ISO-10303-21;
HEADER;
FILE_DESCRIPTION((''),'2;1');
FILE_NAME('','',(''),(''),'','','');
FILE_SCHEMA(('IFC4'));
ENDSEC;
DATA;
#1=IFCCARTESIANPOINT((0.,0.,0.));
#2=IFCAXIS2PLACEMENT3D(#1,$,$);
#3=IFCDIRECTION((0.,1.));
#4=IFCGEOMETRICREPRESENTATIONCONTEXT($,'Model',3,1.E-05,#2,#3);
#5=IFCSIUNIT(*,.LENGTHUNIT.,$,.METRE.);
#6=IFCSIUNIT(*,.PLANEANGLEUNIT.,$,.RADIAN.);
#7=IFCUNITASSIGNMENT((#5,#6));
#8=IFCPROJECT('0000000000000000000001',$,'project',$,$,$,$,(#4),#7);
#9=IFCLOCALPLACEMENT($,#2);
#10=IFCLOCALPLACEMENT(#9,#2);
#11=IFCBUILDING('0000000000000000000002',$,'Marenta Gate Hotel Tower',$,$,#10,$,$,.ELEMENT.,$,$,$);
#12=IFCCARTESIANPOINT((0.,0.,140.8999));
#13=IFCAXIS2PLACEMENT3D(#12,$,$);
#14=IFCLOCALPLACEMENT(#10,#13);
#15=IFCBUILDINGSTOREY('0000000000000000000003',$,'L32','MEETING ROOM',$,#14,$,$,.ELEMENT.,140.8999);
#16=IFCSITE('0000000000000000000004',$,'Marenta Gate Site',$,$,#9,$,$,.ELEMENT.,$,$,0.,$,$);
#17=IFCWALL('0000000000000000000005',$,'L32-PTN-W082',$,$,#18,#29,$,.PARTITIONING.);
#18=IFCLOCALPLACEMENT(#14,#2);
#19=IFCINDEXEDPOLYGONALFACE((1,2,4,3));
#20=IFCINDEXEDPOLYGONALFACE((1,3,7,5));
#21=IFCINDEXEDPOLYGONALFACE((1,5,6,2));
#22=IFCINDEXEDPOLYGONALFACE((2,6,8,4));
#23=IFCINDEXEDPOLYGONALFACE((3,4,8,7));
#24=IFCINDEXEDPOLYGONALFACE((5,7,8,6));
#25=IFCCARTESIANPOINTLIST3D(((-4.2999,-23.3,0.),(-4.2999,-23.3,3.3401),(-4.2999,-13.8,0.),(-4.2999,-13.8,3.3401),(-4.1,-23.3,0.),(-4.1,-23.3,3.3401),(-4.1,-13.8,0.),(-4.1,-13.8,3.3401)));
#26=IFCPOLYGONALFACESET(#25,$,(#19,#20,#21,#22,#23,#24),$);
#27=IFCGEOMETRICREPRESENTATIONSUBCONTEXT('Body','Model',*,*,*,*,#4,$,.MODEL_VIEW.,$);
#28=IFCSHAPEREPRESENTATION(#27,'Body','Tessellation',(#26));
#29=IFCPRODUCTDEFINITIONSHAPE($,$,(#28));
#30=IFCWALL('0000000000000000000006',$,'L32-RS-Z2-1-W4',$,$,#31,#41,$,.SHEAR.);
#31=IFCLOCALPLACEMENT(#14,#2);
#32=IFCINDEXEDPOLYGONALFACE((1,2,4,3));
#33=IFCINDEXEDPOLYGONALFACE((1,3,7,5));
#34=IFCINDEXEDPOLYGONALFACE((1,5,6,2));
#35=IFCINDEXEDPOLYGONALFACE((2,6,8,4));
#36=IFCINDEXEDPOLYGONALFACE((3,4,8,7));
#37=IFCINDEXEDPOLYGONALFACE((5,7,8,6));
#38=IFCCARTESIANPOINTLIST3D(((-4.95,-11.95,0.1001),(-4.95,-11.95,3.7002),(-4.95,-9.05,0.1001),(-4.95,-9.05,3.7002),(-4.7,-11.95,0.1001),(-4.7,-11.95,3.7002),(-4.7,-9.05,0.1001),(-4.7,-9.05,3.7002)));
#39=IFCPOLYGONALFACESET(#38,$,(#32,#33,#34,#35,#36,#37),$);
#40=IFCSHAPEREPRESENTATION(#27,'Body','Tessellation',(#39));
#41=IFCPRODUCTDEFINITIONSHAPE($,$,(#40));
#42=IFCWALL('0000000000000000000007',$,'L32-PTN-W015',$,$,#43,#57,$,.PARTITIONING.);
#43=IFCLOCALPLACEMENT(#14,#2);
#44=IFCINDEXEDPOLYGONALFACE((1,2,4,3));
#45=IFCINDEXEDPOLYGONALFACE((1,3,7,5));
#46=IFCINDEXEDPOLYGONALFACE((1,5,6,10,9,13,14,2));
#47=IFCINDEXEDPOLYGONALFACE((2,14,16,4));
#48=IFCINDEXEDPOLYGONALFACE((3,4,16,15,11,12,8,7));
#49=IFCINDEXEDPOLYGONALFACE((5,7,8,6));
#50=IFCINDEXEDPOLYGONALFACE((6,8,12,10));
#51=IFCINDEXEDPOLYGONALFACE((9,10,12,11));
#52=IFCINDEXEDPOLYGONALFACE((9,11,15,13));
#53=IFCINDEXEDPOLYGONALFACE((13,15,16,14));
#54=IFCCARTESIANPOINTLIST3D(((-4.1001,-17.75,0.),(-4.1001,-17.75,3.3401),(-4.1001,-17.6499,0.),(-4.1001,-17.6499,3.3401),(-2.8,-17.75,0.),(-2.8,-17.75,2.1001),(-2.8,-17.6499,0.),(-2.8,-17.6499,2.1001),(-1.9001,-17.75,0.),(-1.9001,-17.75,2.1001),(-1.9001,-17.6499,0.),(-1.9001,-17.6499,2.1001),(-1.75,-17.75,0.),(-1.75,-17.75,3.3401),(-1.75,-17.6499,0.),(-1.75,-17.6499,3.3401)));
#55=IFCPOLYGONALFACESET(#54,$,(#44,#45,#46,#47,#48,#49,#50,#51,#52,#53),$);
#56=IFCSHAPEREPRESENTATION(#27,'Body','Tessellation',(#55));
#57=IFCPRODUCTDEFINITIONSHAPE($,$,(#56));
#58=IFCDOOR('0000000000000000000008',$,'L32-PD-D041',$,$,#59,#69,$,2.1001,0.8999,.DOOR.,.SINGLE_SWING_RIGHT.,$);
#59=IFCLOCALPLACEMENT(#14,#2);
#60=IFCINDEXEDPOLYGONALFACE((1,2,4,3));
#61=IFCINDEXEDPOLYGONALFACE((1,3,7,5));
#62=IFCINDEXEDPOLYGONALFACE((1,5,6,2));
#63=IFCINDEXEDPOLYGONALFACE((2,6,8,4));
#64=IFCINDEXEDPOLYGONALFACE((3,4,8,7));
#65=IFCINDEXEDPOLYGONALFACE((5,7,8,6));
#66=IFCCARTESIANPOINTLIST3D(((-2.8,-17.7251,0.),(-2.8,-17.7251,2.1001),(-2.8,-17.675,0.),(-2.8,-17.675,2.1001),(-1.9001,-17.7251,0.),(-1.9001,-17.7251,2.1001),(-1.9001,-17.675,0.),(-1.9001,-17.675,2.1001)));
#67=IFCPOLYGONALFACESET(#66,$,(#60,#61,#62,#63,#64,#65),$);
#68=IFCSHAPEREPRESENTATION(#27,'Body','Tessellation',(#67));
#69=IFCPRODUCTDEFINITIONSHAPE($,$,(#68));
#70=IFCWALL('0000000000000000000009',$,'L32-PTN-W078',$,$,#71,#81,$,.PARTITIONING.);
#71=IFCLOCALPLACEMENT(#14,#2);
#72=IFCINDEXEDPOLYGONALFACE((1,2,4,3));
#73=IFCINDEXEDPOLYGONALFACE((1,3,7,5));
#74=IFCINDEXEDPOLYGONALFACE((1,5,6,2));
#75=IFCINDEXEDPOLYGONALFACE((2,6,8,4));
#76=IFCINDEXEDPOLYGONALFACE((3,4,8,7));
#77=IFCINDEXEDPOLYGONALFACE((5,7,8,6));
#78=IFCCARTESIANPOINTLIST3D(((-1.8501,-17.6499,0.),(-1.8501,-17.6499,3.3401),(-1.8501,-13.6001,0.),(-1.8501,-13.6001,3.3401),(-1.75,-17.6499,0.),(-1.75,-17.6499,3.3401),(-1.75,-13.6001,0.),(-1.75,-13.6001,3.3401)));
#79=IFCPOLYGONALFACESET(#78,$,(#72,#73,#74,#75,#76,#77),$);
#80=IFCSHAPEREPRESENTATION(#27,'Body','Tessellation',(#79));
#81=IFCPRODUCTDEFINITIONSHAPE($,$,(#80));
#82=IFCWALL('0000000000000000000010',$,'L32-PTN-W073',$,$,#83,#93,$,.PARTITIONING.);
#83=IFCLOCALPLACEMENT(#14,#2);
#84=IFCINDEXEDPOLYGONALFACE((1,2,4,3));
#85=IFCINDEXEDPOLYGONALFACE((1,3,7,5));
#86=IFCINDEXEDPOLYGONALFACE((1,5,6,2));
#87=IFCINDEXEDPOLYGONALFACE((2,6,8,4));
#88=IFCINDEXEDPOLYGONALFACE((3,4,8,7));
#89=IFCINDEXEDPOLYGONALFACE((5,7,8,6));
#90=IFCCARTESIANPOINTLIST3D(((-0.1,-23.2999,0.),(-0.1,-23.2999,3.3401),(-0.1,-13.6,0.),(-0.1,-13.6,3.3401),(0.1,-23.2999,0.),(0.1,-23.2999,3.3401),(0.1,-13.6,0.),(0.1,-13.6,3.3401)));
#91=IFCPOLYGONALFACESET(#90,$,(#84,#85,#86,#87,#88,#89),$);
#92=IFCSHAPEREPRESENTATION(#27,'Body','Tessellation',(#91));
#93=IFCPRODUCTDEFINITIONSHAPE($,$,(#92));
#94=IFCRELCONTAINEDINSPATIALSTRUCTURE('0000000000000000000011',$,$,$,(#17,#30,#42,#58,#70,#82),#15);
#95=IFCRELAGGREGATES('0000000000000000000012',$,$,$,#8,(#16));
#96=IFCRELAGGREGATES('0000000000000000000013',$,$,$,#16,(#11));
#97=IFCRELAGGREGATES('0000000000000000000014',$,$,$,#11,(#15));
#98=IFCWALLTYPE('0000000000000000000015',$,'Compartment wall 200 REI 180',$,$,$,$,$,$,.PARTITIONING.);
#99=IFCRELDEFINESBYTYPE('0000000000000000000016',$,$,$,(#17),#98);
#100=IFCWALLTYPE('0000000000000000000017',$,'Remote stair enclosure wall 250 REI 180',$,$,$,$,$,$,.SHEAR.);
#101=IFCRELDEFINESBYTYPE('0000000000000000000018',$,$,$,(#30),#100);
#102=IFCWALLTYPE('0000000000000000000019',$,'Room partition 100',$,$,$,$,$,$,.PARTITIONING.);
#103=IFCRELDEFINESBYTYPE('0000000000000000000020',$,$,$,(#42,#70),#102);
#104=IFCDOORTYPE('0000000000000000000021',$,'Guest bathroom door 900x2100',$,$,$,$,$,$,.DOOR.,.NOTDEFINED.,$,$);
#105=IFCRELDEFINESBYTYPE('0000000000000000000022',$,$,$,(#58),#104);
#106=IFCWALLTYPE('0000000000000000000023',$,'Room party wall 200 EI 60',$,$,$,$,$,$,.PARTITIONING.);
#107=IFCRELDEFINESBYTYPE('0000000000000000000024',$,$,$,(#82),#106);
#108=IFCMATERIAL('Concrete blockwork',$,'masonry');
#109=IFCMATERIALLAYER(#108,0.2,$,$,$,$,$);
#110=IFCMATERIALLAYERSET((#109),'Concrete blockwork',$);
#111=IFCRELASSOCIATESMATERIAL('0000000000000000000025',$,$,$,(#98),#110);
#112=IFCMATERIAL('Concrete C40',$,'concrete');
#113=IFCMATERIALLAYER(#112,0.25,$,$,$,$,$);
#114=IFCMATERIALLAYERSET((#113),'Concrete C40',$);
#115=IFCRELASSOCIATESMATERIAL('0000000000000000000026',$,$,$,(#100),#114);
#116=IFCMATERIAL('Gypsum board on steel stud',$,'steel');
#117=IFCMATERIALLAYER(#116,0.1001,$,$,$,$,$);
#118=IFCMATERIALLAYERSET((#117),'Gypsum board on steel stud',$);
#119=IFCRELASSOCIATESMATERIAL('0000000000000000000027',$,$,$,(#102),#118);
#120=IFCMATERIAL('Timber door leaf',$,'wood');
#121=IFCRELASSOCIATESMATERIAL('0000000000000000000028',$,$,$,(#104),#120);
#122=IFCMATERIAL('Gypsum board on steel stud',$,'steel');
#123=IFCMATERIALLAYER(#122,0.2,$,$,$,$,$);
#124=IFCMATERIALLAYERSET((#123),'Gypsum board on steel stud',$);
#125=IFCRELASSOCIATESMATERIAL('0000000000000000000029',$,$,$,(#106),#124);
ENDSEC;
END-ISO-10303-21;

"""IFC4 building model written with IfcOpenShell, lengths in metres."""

from ifc_helpers import new_model, si_unit, direction, frame, frame_2d, origin, place, context, subcontext, project, spatial, rectangle, extrude, material, layer, layer_set, type_object, element, fill, save


model = new_model("IFC4")

# Units and contexts
model_context = context("Model", 3, precision=1e-05, world=origin(), true_north=direction((0.0, 1.0)))
body_context = subcontext(model_context, "Body", "Model", "MODEL_VIEW")
ifc_project = project(units=[si_unit("LENGTHUNIT", "METRE"), si_unit("PLANEANGLEUNIT", "RADIAN")], contexts=[model_context])

# Site, building, storey
site_placement = place(None, origin())
site = spatial("IfcSite", under=ifc_project, at=site_placement, Name="Marenta Gate Site", CompositionType="ELEMENT", RefElevation=0.0)
building_placement = place(site_placement, origin())
building = spatial("IfcBuilding", under=site, at=building_placement, Name="Marenta Gate Hotel Tower", CompositionType="ELEMENT")
storey_placement = place(building_placement, frame((0.0, 0.0, 140.8999)))
storey = spatial("IfcBuildingStorey", under=building, at=storey_placement, Name="L32", Description="MEETING ROOM", CompositionType="ELEMENT", Elevation=140.8999)

# Wall
ifc_material_1 = material(Name="Concrete blockwork", Category="masonry")
ifc_layer_1 = layer(ifc_material_1, 0.2)
ifc_layer_set_1 = layer_set([ifc_layer_1], Name="Concrete blockwork")
wall_type_1 = type_object("IfcWallType", Name="Compartment wall 200 REI 180", PredefinedType="PARTITIONING", material=ifc_layer_set_1)
wall_1_placement = place(storey_placement, frame((-4.2, -23.3, 0.0), z_axis=(0.0, 0.0, 1.0), x_axis=(0.0, 1.0, 0.0)))
element("IfcWall", 1, at=wall_1_placement, inside=storey, type_object=wall_type_1, Name="L32-PTN-W082", PredefinedType="PARTITIONING", context=body_context, shape_type="SweptSolid", body=[
    extrude(rectangle(XDim=9.5, YDim=0.2, at=frame_2d((4.75, 0.0))), origin(), (0.0, 0.0, 1.0), 3.3401),
])

# Wall
ifc_material_2 = material(Name="Concrete C40", Category="concrete")
ifc_layer_2 = layer(ifc_material_2, 0.25)
ifc_layer_set_2 = layer_set([ifc_layer_2], Name="Concrete C40")
wall_type_2 = type_object("IfcWallType", Name="Remote stair enclosure wall 250 REI 180", PredefinedType="SHEAR", material=ifc_layer_set_2)
wall_2_placement = place(storey_placement, frame((-4.825, -11.95, 0.1001), z_axis=(0.0, 0.0, 1.0), x_axis=(0.0, 1.0, 0.0)))
element("IfcWall", 2, at=wall_2_placement, inside=storey, type_object=wall_type_2, Name="L32-RS-Z2-1-W4", PredefinedType="SHEAR", context=body_context, shape_type="SweptSolid", body=[
    extrude(rectangle(XDim=2.8999, YDim=0.25, at=frame_2d((1.45, 0.0))), origin(), (0.0, 0.0, 1.0), 3.6001),
])

# Wall, opening, door
ifc_material_3 = material(Name="Gypsum board on steel stud", Category="steel")
ifc_layer_3 = layer(ifc_material_3, 0.1001)
ifc_layer_set_3 = layer_set([ifc_layer_3], Name="Gypsum board on steel stud")
wall_type_3 = type_object("IfcWallType", Name="Room partition 100", PredefinedType="PARTITIONING", material=ifc_layer_set_3)
wall_3_placement = place(storey_placement, frame((-4.1001, -17.7, 0.0), z_axis=(0.0, 0.0, 1.0), x_axis=(1.0, 0.0, 0.0)))
wall_3 = element("IfcWall", 3, at=wall_3_placement, inside=storey, type_object=wall_type_3, Name="L32-PTN-W015", PredefinedType="PARTITIONING", context=body_context, shape_type="SweptSolid", body=[
    extrude(rectangle(XDim=2.3501, YDim=0.1001, at=frame_2d((1.175, 0.0))), origin(), (0.0, 0.0, 1.0), 3.3401),
])
opening_1_placement = place(wall_3_placement, frame((1.3, 0.0, 0.0)))
opening_1 = element("IfcOpeningElement", 4, at=opening_1_placement, cuts=wall_3, PredefinedType="OPENING", context=body_context, shape_type="SweptSolid", body=[
    extrude(rectangle(XDim=0.8999, YDim=2.1001, at=frame_2d((0.45, 1.05))), frame((0.0, 0.05, 0.0), z_axis=(0.0, -1.0, 0.0), x_axis=(1.0, 0.0, 0.0)), (0.0, 0.0, 1.0), 0.1001),
])
ifc_material_4 = material(Name="Timber door leaf", Category="wood")
door_type_1 = type_object("IfcDoorType", Name="Guest bathroom door 900x2100", OperationType="NOTDEFINED", PredefinedType="DOOR", material=ifc_material_4)
door_1_placement = place(opening_1_placement, origin())
door_1 = element("IfcDoor", 5, at=door_1_placement, inside=storey, type_object=door_type_1, Name="L32-PD-D041", OperationType="SINGLE_SWING_RIGHT", OverallHeight=2.1001, OverallWidth=0.8999, PredefinedType="DOOR", context=body_context, shape_type="SweptSolid", body=[
    extrude(rectangle(XDim=0.8999, YDim=2.1001, at=frame_2d((0.45, 1.05))), frame((0.0, 0.0249, 0.0), z_axis=(0.0, -1.0, 0.0), x_axis=(1.0, 0.0, 0.0)), (0.0, 0.0, 1.0), 0.05),
])
fill(opening_1, door_1)

# Walls
wall_4_placement = place(storey_placement, frame((-1.8, -17.6499, 0.0), z_axis=(0.0, 0.0, 1.0), x_axis=(0.0, 1.0, 0.0)))
element("IfcWall", 6, at=wall_4_placement, inside=storey, type_object=wall_type_3, Name="L32-PTN-W078", PredefinedType="PARTITIONING", context=body_context, shape_type="SweptSolid", body=[
    extrude(rectangle(XDim=4.0498, YDim=0.1001, at=frame_2d((2.0249, 0.0))), origin(), (0.0, 0.0, 1.0), 3.3401),
])
ifc_material_5 = material(Name="Gypsum board on steel stud", Category="steel")
ifc_layer_4 = layer(ifc_material_5, 0.2)
ifc_layer_set_4 = layer_set([ifc_layer_4], Name="Gypsum board on steel stud")
wall_type_4 = type_object("IfcWallType", Name="Room party wall 200 EI 60", PredefinedType="PARTITIONING", material=ifc_layer_set_4)
wall_5_placement = place(storey_placement, frame((0.0, -23.3, 0.0), z_axis=(0.0, 0.0, 1.0), x_axis=(0.0, 1.0, 0.0)))
element("IfcWall", 7, at=wall_5_placement, inside=storey, type_object=wall_type_4, Name="L32-PTN-W073", PredefinedType="PARTITIONING", context=body_context, shape_type="SweptSolid", body=[
    extrude(rectangle(XDim=9.7, YDim=0.2, at=frame_2d((4.8501, 0.0))), origin(), (0.0, 0.0, 1.0), 3.3401),
])

save(model, "model.ifc")
